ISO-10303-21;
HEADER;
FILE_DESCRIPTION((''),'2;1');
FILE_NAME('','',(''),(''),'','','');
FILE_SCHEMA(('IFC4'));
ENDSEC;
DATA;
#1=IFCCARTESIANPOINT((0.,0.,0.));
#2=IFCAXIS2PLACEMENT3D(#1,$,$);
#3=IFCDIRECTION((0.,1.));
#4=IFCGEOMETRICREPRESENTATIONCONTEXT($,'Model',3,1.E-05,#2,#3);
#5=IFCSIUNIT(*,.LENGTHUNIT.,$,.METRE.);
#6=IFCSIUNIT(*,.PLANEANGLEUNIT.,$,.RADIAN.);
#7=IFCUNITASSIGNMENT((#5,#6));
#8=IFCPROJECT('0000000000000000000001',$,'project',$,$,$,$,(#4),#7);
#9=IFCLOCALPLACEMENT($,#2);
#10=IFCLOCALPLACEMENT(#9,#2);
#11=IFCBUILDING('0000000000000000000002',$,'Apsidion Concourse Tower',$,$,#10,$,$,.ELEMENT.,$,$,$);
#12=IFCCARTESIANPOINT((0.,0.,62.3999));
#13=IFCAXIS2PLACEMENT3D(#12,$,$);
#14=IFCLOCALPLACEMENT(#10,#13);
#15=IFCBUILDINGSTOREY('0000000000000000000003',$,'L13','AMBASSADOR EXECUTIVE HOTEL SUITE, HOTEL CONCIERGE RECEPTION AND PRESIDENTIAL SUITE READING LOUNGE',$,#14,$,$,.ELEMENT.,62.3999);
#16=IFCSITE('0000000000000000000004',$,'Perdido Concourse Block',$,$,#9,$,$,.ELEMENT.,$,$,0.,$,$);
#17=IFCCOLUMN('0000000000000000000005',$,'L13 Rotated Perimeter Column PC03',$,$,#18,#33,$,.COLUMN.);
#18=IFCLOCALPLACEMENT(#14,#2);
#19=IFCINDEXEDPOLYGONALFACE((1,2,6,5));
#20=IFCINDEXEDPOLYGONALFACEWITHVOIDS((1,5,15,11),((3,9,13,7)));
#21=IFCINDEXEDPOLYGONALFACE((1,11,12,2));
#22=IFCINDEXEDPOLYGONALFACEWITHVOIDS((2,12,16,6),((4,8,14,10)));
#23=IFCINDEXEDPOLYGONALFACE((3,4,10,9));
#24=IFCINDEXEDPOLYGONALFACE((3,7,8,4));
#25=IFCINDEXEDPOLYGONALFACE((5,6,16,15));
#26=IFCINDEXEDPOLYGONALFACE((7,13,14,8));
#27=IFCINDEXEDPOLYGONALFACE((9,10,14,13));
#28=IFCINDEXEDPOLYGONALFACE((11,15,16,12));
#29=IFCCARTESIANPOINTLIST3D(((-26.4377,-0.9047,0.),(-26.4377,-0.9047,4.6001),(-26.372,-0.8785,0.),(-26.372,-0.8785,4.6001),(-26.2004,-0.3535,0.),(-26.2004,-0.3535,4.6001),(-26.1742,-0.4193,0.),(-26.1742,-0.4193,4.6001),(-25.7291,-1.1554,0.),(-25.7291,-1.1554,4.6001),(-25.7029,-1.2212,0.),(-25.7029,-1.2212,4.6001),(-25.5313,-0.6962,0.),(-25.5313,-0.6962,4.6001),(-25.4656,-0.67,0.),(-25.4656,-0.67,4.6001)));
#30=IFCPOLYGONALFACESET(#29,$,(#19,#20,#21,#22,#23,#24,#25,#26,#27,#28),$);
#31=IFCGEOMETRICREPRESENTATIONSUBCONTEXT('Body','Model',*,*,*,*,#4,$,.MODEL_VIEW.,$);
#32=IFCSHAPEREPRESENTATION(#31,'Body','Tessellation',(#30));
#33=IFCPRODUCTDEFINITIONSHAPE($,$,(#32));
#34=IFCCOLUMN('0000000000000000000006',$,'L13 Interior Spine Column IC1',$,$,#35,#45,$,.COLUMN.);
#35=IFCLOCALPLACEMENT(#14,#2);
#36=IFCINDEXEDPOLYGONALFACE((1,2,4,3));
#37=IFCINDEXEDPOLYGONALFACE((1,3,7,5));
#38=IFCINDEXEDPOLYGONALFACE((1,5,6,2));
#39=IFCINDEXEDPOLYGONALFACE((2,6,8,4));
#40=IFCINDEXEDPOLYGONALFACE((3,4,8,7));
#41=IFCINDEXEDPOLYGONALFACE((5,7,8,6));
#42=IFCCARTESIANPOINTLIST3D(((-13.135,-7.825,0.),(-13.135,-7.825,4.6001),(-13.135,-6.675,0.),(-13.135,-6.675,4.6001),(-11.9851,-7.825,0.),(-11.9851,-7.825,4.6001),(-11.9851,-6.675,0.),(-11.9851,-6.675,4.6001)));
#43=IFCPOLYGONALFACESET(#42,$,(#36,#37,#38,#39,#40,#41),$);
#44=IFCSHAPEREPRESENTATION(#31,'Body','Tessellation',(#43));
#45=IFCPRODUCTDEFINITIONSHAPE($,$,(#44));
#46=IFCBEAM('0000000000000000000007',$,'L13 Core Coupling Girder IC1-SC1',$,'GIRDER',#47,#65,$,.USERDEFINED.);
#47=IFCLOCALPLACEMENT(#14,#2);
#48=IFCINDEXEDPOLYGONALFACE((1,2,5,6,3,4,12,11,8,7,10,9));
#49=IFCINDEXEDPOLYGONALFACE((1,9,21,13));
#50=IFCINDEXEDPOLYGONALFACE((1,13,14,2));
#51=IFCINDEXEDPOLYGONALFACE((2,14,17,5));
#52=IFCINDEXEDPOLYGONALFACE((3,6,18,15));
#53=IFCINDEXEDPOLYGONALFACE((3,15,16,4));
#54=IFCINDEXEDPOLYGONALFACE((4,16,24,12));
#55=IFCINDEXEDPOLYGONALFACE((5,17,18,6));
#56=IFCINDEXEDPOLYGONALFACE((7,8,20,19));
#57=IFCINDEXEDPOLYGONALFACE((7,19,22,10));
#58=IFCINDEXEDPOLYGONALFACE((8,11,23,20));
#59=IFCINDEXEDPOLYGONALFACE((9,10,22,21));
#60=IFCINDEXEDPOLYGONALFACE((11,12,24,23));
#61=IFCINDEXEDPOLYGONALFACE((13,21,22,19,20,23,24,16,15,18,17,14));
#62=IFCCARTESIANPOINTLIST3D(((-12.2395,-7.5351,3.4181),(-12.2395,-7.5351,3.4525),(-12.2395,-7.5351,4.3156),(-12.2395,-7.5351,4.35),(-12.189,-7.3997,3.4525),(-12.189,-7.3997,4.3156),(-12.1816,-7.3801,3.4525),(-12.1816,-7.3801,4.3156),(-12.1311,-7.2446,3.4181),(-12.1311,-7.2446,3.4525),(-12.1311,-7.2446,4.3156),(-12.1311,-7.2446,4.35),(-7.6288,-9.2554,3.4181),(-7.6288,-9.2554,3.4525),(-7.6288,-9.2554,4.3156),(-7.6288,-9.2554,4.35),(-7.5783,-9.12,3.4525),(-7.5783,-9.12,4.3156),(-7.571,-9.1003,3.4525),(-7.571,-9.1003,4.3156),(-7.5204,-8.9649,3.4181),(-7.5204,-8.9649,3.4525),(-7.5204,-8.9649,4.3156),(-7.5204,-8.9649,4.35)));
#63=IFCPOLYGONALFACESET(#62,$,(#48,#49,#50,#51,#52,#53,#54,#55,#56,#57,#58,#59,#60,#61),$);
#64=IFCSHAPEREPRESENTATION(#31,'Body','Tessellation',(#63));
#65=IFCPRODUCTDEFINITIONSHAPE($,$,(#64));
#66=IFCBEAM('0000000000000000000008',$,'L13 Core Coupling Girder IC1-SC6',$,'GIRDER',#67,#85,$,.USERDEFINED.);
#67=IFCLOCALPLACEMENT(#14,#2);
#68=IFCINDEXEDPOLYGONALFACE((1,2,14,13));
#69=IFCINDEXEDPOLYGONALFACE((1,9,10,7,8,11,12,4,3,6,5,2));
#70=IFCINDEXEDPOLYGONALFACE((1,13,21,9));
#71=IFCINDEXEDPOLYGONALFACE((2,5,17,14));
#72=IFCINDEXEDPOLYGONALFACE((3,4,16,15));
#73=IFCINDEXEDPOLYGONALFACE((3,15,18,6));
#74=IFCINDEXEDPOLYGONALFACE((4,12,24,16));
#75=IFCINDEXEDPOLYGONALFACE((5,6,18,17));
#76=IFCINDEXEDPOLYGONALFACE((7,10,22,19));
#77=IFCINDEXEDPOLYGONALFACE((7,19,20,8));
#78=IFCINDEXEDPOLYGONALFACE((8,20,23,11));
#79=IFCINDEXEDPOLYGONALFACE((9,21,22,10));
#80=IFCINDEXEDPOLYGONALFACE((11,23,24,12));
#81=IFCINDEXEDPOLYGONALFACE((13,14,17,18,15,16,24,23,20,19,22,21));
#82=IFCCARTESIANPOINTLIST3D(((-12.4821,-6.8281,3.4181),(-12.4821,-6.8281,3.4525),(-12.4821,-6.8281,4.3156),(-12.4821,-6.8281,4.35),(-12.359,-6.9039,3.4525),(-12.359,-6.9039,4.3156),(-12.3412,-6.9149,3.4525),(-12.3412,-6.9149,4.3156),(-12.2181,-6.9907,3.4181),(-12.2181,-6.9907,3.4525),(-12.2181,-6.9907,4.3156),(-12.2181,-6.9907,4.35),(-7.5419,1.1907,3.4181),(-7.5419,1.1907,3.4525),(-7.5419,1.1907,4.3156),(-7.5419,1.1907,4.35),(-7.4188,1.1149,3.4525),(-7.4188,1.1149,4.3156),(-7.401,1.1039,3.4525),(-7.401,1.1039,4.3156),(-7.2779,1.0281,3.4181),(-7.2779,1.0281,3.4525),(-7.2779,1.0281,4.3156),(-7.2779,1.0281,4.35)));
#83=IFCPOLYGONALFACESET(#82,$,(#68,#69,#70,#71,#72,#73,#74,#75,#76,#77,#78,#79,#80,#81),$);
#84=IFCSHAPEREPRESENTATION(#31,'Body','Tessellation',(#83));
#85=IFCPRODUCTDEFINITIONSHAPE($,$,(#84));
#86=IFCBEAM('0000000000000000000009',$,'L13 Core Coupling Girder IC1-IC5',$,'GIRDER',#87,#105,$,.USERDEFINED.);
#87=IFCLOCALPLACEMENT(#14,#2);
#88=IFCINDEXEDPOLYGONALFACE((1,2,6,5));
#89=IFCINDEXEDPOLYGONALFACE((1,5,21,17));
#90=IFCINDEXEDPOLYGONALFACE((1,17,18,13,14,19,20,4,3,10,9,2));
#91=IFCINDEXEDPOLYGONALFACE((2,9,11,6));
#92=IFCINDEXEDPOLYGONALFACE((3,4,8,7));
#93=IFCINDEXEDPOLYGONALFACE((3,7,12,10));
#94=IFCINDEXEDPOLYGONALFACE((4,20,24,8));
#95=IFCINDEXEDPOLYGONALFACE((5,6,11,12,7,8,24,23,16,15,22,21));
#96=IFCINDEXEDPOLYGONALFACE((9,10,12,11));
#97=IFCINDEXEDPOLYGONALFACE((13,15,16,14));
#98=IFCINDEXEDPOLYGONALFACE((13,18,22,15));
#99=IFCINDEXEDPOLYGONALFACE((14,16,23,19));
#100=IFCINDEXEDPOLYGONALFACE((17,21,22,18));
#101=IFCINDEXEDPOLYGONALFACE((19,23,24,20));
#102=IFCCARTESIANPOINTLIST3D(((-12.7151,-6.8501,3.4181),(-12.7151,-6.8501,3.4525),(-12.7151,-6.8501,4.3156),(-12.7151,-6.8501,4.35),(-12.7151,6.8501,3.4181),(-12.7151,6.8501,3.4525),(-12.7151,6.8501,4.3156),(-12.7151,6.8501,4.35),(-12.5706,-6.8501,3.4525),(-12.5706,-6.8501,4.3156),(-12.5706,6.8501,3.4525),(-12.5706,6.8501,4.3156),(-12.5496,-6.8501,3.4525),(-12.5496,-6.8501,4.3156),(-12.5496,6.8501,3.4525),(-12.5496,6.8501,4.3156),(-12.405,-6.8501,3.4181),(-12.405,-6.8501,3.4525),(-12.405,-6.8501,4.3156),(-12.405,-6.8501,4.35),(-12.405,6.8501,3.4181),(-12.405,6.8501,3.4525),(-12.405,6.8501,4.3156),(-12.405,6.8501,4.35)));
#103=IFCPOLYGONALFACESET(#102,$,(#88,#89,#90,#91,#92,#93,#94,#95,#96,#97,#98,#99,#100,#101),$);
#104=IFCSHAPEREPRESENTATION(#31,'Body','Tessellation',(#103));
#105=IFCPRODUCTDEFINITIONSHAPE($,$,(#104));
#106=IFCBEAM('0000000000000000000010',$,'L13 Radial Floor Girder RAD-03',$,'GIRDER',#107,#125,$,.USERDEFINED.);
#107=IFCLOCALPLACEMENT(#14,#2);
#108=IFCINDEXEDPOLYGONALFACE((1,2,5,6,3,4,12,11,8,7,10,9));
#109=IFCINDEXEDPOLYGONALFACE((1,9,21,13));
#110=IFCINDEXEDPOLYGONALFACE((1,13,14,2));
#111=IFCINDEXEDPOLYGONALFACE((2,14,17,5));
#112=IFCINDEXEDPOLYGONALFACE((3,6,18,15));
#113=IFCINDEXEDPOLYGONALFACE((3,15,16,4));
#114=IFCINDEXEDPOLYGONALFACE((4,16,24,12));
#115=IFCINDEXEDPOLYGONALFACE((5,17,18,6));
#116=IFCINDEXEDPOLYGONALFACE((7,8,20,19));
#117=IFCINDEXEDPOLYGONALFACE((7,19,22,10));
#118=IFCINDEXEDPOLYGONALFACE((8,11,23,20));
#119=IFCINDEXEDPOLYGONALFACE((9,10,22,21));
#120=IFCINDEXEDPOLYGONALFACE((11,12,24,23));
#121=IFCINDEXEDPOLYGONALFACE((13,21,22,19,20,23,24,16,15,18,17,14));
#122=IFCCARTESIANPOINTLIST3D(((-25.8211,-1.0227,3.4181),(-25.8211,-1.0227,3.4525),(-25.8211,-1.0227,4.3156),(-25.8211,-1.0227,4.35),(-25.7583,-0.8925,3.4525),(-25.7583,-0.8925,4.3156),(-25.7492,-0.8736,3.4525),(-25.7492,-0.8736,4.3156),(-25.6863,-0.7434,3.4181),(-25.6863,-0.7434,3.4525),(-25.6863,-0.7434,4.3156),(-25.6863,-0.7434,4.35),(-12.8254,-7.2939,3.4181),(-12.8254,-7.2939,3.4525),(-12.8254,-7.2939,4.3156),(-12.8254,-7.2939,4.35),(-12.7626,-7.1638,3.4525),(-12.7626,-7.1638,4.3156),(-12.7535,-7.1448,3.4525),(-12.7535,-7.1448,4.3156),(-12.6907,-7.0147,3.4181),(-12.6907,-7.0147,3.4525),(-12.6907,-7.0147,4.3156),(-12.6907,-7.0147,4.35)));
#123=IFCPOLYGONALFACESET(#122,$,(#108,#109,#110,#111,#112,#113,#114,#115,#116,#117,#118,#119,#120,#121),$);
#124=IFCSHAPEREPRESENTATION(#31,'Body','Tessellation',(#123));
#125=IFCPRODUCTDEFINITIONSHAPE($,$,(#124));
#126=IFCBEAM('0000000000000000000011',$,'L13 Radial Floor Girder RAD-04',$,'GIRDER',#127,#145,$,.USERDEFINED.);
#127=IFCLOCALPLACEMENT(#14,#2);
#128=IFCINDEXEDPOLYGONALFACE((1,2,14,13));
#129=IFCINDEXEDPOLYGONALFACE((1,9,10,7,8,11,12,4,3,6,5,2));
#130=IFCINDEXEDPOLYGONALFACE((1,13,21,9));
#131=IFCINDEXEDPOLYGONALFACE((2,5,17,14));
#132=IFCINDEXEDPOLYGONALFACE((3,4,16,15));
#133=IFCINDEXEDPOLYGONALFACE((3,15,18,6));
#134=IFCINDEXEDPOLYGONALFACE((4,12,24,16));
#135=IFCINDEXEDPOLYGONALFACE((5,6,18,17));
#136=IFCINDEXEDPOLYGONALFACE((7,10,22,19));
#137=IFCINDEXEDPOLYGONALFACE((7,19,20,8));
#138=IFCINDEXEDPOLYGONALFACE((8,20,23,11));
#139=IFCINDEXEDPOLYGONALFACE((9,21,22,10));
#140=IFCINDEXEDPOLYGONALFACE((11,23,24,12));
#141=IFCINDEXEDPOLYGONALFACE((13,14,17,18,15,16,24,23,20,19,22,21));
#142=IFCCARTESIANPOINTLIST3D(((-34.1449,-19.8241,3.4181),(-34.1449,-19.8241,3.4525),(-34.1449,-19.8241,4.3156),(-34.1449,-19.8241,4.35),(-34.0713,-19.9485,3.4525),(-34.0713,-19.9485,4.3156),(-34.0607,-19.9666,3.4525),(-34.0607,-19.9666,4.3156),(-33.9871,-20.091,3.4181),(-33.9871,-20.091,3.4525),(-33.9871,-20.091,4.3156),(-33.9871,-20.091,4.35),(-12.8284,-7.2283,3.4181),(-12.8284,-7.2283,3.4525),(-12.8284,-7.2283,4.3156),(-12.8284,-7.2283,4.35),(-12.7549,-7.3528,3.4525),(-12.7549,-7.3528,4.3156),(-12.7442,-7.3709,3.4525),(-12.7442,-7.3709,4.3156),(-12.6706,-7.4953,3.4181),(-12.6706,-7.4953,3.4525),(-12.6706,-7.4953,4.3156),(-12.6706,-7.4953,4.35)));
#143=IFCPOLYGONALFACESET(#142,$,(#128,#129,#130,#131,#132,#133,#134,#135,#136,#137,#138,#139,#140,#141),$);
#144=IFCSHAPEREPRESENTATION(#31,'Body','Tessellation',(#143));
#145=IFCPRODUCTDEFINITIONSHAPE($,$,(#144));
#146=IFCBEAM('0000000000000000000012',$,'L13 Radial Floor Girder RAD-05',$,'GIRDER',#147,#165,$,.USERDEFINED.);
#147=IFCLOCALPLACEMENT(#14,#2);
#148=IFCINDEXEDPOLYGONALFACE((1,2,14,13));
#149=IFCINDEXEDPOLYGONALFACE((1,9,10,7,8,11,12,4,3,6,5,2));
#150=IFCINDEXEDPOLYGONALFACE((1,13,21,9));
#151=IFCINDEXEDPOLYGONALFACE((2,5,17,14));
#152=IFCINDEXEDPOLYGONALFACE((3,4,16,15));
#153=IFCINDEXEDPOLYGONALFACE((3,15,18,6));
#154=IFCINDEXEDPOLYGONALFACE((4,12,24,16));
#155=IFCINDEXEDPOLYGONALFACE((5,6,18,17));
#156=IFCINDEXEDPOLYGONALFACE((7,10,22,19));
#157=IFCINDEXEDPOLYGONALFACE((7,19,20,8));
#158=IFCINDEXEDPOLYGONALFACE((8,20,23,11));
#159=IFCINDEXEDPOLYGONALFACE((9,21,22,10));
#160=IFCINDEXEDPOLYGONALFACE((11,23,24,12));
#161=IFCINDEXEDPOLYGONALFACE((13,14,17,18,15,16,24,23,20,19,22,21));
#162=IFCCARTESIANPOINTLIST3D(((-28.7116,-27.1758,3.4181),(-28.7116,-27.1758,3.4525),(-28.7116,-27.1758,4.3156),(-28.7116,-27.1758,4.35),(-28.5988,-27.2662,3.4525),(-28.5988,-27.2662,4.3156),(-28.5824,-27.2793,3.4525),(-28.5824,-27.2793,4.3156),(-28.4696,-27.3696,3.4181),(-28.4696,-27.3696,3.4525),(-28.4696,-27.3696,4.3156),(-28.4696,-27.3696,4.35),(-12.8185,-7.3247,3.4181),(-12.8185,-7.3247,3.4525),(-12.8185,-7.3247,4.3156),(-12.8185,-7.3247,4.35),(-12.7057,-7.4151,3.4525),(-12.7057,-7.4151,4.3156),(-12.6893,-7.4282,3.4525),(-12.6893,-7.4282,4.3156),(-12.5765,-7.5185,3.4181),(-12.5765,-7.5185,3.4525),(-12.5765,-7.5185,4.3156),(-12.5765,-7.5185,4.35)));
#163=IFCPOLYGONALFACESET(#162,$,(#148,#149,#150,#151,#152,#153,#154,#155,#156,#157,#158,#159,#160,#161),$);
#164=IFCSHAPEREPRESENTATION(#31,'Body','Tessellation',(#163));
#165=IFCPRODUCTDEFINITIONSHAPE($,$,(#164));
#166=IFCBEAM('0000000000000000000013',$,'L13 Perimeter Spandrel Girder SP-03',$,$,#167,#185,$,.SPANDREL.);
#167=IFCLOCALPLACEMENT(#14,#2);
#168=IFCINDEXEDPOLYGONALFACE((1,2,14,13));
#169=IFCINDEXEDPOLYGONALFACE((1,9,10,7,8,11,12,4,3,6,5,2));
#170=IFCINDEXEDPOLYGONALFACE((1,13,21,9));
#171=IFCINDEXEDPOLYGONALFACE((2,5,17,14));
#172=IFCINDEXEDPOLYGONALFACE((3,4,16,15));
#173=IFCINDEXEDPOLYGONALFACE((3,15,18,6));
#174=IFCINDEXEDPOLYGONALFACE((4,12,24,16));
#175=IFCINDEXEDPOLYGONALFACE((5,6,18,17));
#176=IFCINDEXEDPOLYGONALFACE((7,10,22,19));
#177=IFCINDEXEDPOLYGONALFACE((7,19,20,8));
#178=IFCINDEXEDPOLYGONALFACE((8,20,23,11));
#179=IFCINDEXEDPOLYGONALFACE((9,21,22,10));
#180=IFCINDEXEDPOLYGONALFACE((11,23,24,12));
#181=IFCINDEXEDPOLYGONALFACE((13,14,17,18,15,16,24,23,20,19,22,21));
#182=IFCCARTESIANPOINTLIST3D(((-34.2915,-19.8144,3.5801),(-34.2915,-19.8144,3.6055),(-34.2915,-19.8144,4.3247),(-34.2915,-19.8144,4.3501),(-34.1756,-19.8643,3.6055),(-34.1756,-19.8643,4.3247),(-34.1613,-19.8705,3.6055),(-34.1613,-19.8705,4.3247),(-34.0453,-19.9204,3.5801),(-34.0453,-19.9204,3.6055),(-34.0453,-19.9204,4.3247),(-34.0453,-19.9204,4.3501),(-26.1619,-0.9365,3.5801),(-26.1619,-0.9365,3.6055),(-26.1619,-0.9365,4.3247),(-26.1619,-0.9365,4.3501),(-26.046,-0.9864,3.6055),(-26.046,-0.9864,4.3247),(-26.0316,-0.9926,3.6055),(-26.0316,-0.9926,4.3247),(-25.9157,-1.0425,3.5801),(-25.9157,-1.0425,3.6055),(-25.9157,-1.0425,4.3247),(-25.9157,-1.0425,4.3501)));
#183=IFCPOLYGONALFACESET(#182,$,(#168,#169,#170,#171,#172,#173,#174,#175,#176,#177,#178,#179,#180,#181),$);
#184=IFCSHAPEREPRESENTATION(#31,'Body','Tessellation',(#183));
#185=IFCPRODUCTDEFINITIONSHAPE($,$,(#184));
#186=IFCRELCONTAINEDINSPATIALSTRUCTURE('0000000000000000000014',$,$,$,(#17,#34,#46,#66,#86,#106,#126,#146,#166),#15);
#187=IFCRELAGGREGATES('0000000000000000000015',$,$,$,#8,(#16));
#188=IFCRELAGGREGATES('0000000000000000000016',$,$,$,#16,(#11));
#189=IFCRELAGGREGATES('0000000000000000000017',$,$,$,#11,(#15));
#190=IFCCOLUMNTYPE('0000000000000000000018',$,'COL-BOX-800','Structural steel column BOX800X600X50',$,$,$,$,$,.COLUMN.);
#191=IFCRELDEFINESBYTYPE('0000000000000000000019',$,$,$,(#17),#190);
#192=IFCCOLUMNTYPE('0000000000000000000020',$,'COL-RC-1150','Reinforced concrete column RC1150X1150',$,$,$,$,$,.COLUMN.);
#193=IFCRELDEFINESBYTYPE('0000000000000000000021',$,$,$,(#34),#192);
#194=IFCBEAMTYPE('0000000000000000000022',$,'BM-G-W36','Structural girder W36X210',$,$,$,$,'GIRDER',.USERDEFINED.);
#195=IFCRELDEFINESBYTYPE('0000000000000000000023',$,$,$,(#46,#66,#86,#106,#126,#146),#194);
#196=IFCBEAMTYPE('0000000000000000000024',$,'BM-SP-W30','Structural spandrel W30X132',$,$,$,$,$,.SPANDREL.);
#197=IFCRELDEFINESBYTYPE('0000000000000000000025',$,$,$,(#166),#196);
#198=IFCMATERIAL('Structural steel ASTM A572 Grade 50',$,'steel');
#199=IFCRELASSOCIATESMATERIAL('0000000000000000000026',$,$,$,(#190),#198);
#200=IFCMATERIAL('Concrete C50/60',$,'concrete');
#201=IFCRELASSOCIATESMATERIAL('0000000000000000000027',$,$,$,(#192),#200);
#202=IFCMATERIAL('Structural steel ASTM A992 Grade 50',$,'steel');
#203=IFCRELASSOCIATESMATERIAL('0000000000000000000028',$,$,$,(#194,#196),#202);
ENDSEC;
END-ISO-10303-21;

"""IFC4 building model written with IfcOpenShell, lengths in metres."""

from ifc_helpers import new_model, si_unit, direction, frame, origin, origin_2d, place, context, subcontext, project, spatial, rectangle, hollow_rectangle, i_section, extrude, material, material_profile, profile_set, type_object, element, save


model = new_model("IFC4")

# Units and contexts
model_context = context("Model", 3, precision=1e-05, world=origin(), true_north=direction((0.0, 1.0)))
body_context = subcontext(model_context, "Body", "Model", "MODEL_VIEW")
ifc_project = project(units=[si_unit("LENGTHUNIT", "METRE"), si_unit("PLANEANGLEUNIT", "RADIAN")], contexts=[model_context])

# Site, building, storey
site_placement = place(None, origin())
site = spatial("IfcSite", under=ifc_project, at=site_placement, Name="Perdido Concourse Block", CompositionType="ELEMENT", RefElevation=0.0)
building_placement = place(site_placement, origin())
building = spatial("IfcBuilding", under=site, at=building_placement, Name="Apsidion Concourse Tower", CompositionType="ELEMENT")
storey_placement = place(building_placement, frame((0.0, 0.0, 62.3999)))
storey = spatial("IfcBuildingStorey", under=building, at=storey_placement, Name="L13", Description="AMBASSADOR EXECUTIVE HOTEL SUITE, HOTEL CONCIERGE RECEPTION AND PRESIDENTIAL SUITE READING LOUNGE", CompositionType="ELEMENT", Elevation=62.3999)

# Columns
ifc_material_1 = material(Name="Structural steel ASTM A572 Grade 50", Category="steel")
ifc_material_profile_1 = material_profile(ifc_material_1, hollow_rectangle(XDim=0.6001, YDim=0.8, WallThickness=0.05, at=origin_2d()), Name="BOX800X600X50")
ifc_profile_set_1 = profile_set([ifc_material_profile_1], Name="Structural steel ASTM A572 Grade 50")
column_type_1 = type_object("IfcColumnType", Name="COL-BOX-800", Description="Structural steel column BOX800X600X50", PredefinedType="COLUMN", material=ifc_profile_set_1)
column_1_placement = place(storey_placement, frame((-25.9517, -0.7874, 0.0), z_axis=(0.0, 0.0, 1.0), x_axis=(0.395546, 0.918446, 0.0)))
element("IfcColumn", 1, at=column_1_placement, inside=storey, type_object=column_type_1, Name="L13 Rotated Perimeter Column PC03", PredefinedType="COLUMN", context=body_context, shape_type="SweptSolid", body=[
    extrude(hollow_rectangle(XDim=0.6001, YDim=0.8, WallThickness=0.05, at=origin_2d()), origin(), (0.0, 0.0, 1.0), 4.6001),
])
ifc_material_2 = material(Name="Concrete C50/60", Category="concrete")
ifc_material_profile_2 = material_profile(ifc_material_2, rectangle(XDim=1.1499, YDim=1.1499, at=origin_2d()), Name="RC 1150x1150")
ifc_profile_set_2 = profile_set([ifc_material_profile_2], Name="Concrete C50/60")
column_type_2 = type_object("IfcColumnType", Name="COL-RC-1150", Description="Reinforced concrete column RC1150X1150", PredefinedType="COLUMN", material=ifc_profile_set_2)
column_2_placement = place(storey_placement, frame((-12.5601, -7.25, 0.0), z_axis=(0.0, 0.0, 1.0), x_axis=(1.0, 0.0, 0.0)))
element("IfcColumn", 2, at=column_2_placement, inside=storey, type_object=column_type_2, Name="L13 Interior Spine Column IC1", PredefinedType="COLUMN", context=body_context, shape_type="SweptSolid", body=[
    extrude(rectangle(XDim=1.1499, YDim=1.1499, at=origin_2d()), origin(), (0.0, 0.0, 1.0), 4.6001),
])

# Beams
ifc_material_3 = material(Name="Structural steel ASTM A992 Grade 50", Category="steel")
ifc_material_profile_3 = material_profile(ifc_material_3, i_section(OverallWidth=0.3101, OverallDepth=0.9319, WebThickness=0.021, FlangeThickness=0.0344, at=origin_2d()), Name="W36X210")
ifc_profile_set_3 = profile_set([ifc_material_profile_3], Name="Structural steel ASTM A992 Grade 50")
beam_type_1 = type_object("IfcBeamType", Name="BM-G-W36", Description="Structural girder W36X210", ElementType="GIRDER", PredefinedType="USERDEFINED", material=ifc_profile_set_3)
beam_1_placement = place(storey_placement, frame((-12.1853, -7.3899, 3.884), z_axis=(0.936913, -0.349563, 0.0), x_axis=(0.349563, 0.936913, 0.0)))
element("IfcBeam", 3, at=beam_1_placement, inside=storey, type_object=beam_type_1, Name="L13 Core Coupling Girder IC1-SC1", ObjectType="GIRDER", PredefinedType="USERDEFINED", context=body_context, shape_type="SweptSolid", body=[
    extrude(i_section(OverallWidth=0.3101, OverallDepth=0.9319, WebThickness=0.021, FlangeThickness=0.0344, at=origin_2d()), origin(), (0.0, 0.0, 1.0), 4.9211),
])
beam_2_placement = place(storey_placement, frame((-12.3501, -6.9094, 3.884), z_axis=(0.524524, 0.851396, 0.0), x_axis=(-0.851396, 0.524524, 0.0)))
element("IfcBeam", 4, at=beam_2_placement, inside=storey, type_object=beam_type_1, Name="L13 Core Coupling Girder IC1-SC6", ObjectType="GIRDER", PredefinedType="USERDEFINED", context=body_context, shape_type="SweptSolid", body=[
    extrude(i_section(OverallWidth=0.3101, OverallDepth=0.9319, WebThickness=0.021, FlangeThickness=0.0344, at=origin_2d()), origin(), (0.0, 0.0, 1.0), 9.4185),
])
beam_3_placement = place(storey_placement, frame((-12.5601, -6.8501, 3.884), z_axis=(0.0, 1.0, 0.0), x_axis=(-1.0, 0.0, 0.0)))
element("IfcBeam", 5, at=beam_3_placement, inside=storey, type_object=beam_type_1, Name="L13 Core Coupling Girder IC1-IC5", ObjectType="GIRDER", PredefinedType="USERDEFINED", context=body_context, shape_type="SweptSolid", body=[
    extrude(i_section(OverallWidth=0.3101, OverallDepth=0.9319, WebThickness=0.021, FlangeThickness=0.0344, at=origin_2d()), origin(), (0.0, 0.0, 1.0), 13.7002),
])
beam_4_placement = place(storey_placement, frame((-12.7581, -7.1543, 3.884), z_axis=(-0.900619, 0.434609, 0.0), x_axis=(-0.434609, -0.900619, 0.0)))
element("IfcBeam", 6, at=beam_4_placement, inside=storey, type_object=beam_type_1, Name="L13 Radial Floor Girder RAD-03", ObjectType="GIRDER", PredefinedType="USERDEFINED", context=body_context, shape_type="SweptSolid", body=[
    extrude(i_section(OverallWidth=0.3101, OverallDepth=0.9319, WebThickness=0.021, FlangeThickness=0.0344, at=origin_2d()), origin(), (0.0, 0.0, 1.0), 14.4297),
])
beam_5_placement = place(storey_placement, frame((-12.7495, -7.3618, 3.884), z_axis=(-0.860933, -0.508719, 0.0), x_axis=(0.508719, -0.860933, 0.0)))
element("IfcBeam", 7, at=beam_5_placement, inside=storey, type_object=beam_type_1, Name="L13 Radial Floor Girder RAD-04", ObjectType="GIRDER", PredefinedType="USERDEFINED", context=body_context, shape_type="SweptSolid", body=[
    extrude(i_section(OverallWidth=0.3101, OverallDepth=0.9319, WebThickness=0.021, FlangeThickness=0.0344, at=origin_2d()), origin(), (0.0, 0.0, 1.0), 24.7598),
])
beam_6_placement = place(storey_placement, frame((-12.6975, -7.4216, 3.884), z_axis=(-0.624988, -0.780635, 0.0), x_axis=(0.780635, -0.624988, 0.0)))
element("IfcBeam", 8, at=beam_6_placement, inside=storey, type_object=beam_type_1, Name="L13 Radial Floor Girder RAD-05", ObjectType="GIRDER", PredefinedType="USERDEFINED", context=body_context, shape_type="SweptSolid", body=[
    extrude(i_section(OverallWidth=0.3101, OverallDepth=0.9319, WebThickness=0.021, FlangeThickness=0.0344, at=origin_2d()), origin(), (0.0, 0.0, 1.0), 25.4294),
])
ifc_material_profile_4 = material_profile(ifc_material_3, i_section(OverallWidth=0.2681, OverallDepth=0.77, WebThickness=0.0156, FlangeThickness=0.0254, at=origin_2d()), Name="W30X132")
ifc_profile_set_4 = profile_set([ifc_material_profile_4], Name="Structural steel ASTM A992 Grade 50")
beam_type_2 = type_object("IfcBeamType", Name="BM-SP-W30", Description="Structural spandrel W30X132", PredefinedType="SPANDREL", material=ifc_profile_set_4)
beam_7_placement = place(storey_placement, frame((-26.0388, -0.9895, 3.9651), z_axis=(-0.395526, -0.918455, 0.0), x_axis=(0.918455, -0.395526, 0.0)))
element("IfcBeam", 9, at=beam_7_placement, inside=storey, type_object=beam_type_2, Name="L13 Perimeter Spandrel Girder SP-03", PredefinedType="SPANDREL", context=body_context, shape_type="SweptSolid", body=[
    extrude(i_section(OverallWidth=0.2681, OverallDepth=0.77, WebThickness=0.0156, FlangeThickness=0.0254, at=origin_2d()), origin(), (0.0, 0.0, 1.0), 20.554),
])

save(model, "model.ifc")
